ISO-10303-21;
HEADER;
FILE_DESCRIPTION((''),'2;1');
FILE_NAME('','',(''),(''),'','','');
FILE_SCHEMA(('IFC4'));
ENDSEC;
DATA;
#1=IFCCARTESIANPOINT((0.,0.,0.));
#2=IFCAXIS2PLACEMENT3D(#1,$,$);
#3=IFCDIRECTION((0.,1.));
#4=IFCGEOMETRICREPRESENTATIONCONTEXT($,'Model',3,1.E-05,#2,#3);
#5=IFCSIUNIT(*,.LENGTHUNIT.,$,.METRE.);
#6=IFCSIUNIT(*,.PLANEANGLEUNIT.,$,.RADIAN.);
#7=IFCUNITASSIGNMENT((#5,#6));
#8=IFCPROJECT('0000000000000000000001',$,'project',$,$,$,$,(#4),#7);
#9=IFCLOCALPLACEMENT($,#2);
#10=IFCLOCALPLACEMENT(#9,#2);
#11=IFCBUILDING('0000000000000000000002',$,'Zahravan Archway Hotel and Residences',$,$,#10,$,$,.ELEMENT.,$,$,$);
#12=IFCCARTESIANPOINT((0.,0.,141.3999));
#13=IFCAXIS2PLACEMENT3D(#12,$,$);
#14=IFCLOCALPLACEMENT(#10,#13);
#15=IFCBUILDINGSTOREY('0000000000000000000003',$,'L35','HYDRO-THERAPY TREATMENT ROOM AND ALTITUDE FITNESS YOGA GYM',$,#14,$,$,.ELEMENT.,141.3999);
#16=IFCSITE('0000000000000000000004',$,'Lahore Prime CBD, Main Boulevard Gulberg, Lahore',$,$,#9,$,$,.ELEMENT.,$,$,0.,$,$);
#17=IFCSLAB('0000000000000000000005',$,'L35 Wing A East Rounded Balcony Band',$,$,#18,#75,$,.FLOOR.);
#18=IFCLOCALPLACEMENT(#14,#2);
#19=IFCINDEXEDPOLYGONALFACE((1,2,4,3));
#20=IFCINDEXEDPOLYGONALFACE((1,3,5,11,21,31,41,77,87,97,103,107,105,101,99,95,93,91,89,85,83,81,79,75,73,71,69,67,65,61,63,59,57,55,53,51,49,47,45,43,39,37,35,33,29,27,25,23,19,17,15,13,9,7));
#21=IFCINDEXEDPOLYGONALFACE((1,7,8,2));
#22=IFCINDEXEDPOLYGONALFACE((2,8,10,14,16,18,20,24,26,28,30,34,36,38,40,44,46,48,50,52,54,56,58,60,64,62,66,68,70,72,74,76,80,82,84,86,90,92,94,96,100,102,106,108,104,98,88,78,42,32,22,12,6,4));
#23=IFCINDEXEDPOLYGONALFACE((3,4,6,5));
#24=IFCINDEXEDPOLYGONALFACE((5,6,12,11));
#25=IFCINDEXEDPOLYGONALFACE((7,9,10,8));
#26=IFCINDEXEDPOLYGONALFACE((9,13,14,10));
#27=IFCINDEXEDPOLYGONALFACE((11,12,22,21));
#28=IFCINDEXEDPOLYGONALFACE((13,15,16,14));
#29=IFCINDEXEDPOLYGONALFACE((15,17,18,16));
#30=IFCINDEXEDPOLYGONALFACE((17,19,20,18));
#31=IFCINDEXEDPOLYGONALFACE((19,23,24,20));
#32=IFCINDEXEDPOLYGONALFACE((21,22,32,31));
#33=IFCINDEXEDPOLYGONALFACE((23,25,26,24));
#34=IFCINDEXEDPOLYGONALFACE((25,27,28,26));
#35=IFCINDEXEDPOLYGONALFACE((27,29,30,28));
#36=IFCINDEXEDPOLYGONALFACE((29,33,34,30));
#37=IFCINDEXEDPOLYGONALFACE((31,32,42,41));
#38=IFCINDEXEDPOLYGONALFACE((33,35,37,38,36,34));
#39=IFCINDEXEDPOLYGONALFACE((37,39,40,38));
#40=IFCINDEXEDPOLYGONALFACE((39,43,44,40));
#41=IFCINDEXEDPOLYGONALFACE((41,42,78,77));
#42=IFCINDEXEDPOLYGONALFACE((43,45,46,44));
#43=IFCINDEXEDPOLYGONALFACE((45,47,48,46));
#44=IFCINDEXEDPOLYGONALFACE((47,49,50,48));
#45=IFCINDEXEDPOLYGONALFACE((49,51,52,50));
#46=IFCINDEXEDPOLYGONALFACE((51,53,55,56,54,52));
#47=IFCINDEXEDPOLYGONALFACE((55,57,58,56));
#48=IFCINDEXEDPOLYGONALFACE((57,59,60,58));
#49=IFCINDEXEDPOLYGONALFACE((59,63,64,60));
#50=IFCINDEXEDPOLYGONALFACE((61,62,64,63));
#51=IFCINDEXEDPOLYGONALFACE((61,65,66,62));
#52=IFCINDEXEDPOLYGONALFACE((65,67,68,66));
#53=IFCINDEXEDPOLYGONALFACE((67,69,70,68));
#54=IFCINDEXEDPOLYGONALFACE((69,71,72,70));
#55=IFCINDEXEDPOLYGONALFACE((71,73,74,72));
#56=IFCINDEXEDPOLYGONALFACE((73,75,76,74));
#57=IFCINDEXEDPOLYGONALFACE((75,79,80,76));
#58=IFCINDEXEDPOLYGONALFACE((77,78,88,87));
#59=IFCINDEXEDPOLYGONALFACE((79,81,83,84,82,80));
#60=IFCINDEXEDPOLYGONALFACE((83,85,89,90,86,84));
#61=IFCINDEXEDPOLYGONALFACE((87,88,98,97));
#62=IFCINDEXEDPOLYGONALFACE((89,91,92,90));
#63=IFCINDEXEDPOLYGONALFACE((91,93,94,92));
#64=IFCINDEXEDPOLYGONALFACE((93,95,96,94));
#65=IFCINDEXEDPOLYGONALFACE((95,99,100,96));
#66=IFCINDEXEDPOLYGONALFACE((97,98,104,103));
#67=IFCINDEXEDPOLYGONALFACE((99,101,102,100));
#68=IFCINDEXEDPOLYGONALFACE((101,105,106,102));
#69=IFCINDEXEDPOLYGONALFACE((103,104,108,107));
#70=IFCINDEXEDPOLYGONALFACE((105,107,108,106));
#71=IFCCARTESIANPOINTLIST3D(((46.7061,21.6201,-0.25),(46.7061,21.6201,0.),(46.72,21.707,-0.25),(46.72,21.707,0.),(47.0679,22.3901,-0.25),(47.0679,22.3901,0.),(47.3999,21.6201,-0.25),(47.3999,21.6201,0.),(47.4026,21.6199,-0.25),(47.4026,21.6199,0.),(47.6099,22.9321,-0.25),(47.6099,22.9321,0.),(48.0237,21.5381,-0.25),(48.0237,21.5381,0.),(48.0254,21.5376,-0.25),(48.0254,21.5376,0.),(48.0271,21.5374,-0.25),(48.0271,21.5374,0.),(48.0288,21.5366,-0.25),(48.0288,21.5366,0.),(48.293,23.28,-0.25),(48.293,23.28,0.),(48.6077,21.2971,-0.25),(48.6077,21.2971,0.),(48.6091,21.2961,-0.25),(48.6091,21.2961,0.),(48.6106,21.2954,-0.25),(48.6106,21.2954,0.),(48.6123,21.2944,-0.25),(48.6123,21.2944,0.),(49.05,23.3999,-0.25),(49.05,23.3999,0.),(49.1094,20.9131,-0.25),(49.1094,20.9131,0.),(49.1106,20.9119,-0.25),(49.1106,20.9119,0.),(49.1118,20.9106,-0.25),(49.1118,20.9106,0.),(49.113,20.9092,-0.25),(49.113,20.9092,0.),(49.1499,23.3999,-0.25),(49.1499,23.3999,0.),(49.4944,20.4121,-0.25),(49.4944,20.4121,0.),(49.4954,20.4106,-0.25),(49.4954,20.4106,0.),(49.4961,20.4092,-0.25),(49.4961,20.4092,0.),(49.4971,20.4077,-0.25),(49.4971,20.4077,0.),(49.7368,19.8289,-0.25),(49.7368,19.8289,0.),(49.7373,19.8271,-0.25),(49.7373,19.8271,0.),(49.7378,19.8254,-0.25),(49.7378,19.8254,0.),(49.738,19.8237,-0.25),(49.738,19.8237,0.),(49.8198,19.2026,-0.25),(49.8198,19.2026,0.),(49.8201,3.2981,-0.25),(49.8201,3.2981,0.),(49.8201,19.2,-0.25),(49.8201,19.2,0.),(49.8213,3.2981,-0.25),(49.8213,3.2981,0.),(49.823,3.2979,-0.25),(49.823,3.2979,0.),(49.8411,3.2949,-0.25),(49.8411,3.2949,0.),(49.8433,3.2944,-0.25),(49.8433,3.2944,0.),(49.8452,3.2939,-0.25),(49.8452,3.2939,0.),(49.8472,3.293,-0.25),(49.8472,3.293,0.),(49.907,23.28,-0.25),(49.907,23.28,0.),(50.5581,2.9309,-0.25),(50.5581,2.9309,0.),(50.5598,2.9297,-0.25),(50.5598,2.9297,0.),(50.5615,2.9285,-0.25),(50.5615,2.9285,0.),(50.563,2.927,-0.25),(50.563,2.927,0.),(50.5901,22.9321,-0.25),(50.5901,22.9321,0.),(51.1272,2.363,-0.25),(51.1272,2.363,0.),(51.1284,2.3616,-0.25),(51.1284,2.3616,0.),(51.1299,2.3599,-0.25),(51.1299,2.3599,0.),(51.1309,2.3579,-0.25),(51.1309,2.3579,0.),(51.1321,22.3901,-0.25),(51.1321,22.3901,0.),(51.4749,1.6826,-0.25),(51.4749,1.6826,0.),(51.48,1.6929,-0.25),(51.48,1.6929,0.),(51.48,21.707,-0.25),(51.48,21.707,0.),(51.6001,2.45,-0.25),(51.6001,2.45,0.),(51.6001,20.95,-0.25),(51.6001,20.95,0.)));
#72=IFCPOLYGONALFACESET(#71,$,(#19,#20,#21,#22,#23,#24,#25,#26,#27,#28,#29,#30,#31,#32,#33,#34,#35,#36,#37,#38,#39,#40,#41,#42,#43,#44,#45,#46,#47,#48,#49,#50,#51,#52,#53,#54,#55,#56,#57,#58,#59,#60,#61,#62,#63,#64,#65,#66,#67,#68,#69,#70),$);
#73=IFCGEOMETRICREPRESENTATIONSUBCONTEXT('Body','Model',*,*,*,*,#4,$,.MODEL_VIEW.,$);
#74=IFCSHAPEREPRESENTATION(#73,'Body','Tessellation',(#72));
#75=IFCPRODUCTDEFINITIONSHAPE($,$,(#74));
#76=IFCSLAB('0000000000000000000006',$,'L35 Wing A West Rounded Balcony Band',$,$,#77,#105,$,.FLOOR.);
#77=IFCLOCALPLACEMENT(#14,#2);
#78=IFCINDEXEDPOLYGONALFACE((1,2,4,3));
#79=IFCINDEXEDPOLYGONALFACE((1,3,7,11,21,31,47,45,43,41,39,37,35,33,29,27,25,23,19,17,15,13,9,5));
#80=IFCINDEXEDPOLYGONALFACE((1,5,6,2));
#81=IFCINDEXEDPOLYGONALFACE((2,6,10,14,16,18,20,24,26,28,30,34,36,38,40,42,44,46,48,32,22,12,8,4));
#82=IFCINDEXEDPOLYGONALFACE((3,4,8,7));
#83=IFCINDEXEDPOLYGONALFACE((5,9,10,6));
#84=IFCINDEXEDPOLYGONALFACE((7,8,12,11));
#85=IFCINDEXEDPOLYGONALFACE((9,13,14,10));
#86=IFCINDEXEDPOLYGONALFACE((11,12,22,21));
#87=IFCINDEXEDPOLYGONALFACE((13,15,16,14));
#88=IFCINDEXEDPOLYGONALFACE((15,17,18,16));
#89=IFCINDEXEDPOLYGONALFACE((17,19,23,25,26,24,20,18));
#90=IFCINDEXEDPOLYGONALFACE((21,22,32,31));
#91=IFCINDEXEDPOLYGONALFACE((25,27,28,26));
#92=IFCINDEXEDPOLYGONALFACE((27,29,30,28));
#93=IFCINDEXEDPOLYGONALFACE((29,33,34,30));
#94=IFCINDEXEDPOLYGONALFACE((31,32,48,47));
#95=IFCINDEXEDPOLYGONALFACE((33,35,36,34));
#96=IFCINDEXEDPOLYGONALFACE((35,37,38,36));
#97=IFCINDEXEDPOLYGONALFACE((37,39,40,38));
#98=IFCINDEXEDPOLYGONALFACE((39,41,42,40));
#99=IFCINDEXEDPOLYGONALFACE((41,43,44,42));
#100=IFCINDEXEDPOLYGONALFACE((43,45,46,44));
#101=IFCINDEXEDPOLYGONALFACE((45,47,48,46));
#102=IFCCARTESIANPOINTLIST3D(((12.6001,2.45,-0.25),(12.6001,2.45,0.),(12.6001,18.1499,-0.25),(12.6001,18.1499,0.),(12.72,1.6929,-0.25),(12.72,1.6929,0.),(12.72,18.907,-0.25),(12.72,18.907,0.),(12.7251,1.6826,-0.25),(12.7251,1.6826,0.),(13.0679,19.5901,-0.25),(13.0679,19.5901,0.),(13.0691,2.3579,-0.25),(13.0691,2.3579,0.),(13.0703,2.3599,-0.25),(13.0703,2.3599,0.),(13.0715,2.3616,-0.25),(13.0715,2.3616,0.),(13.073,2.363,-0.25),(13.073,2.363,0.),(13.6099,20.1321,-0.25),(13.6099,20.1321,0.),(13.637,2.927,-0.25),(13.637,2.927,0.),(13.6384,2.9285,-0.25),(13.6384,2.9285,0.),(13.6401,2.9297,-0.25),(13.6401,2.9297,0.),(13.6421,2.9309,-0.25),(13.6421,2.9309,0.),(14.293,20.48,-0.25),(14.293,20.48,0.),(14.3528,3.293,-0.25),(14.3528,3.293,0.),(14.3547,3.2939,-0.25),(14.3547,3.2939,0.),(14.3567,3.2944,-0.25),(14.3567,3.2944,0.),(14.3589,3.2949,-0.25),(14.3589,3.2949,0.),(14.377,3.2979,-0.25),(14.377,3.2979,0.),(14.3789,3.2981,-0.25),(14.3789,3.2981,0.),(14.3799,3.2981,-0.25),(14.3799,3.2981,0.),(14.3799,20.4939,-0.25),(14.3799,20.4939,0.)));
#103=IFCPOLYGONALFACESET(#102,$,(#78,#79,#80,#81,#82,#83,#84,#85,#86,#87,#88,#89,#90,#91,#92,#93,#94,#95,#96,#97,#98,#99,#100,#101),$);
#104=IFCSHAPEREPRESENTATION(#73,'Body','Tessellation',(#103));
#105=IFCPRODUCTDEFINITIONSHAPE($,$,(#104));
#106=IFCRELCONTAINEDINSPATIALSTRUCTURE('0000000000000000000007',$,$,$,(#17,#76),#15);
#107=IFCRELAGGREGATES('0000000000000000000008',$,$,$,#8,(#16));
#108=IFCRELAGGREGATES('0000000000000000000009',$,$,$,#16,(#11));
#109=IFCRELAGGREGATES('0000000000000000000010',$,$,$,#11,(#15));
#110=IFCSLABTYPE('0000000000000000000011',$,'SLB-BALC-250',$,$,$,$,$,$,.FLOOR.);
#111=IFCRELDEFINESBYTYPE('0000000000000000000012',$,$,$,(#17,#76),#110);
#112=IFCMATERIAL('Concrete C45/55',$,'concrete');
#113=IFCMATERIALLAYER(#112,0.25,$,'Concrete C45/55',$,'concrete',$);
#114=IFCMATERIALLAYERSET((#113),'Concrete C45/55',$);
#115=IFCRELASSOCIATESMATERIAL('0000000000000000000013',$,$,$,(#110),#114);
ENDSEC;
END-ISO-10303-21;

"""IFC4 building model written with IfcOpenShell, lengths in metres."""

from ifc_helpers import new_model, si_unit, direction, frame, origin, place, context, subcontext, project, spatial, polyline, outline, extrude, material, layer, layer_set, type_object, element, save


model = new_model("IFC4")

# Units and contexts
model_context = context("Model", 3, precision=1e-05, world=origin(), true_north=direction((0.0, 1.0)))
body_context = subcontext(model_context, "Body", "Model", "MODEL_VIEW")
ifc_project = project(units=[si_unit("LENGTHUNIT", "METRE"), si_unit("PLANEANGLEUNIT", "RADIAN")], contexts=[model_context])

# Site, building, storey
site_placement = place(None, origin())
site = spatial("IfcSite", under=ifc_project, at=site_placement, Name="Lahore Prime CBD, Main Boulevard Gulberg, Lahore", CompositionType="ELEMENT", RefElevation=0.0)
building_placement = place(site_placement, origin())
building = spatial("IfcBuilding", under=site, at=building_placement, Name="Zahravan Archway Hotel and Residences", CompositionType="ELEMENT")
storey_placement = place(building_placement, frame((0.0, 0.0, 141.3999)))
storey = spatial("IfcBuildingStorey", under=building, at=storey_placement, Name="L35", Description="HYDRO-THERAPY TREATMENT ROOM AND ALTITUDE FITNESS YOGA GYM", CompositionType="ELEMENT", Elevation=141.3999)

# Slabs
ifc_material_1 = material(Name="Concrete C45/55", Category="concrete")
ifc_layer_1 = layer(ifc_material_1, 0.25, Name="Concrete C45/55", Category="concrete")
ifc_layer_set_1 = layer_set([ifc_layer_1], Name="Concrete C45/55")
slab_type_1 = type_object("IfcSlabType", Name="SLB-BALC-250", PredefinedType="FLOOR", material=ifc_layer_set_1)
slab_1_placement = place(storey_placement, frame((0.0, 0.0, -0.25)))
element("IfcSlab", 1, at=slab_1_placement, inside=storey, type_object=slab_type_1, Name="L35 Wing A East Rounded Balcony Band", PredefinedType="FLOOR", context=body_context, shape_type="SweptSolid", body=[
    extrude(outline(polyline([(46.72, 21.707), (47.0679, 22.3901), (47.6099, 22.9321), (48.293, 23.28), (49.05, 23.3999), (49.1499, 23.3999), (49.907, 23.28), (50.5901, 22.9321), (51.1321, 22.3901), (51.48, 21.707), (51.6001, 20.95), (51.6001, 2.45), (51.48, 1.6929), (51.4749, 1.6826), (51.1309, 2.3579), (51.1299, 2.3599), (51.1284, 2.3616), (51.1272, 2.363), (50.563, 2.927), (50.5615, 2.9285), (50.5598, 2.9297), (50.5581, 2.9309), (49.8472, 3.293), (49.8452, 3.2939), (49.8433, 3.2944), (49.8411, 3.2949), (49.823, 3.2979), (49.8213, 3.2981), (49.8201, 3.2981), (49.8201, 19.2), (49.8198, 19.2026), (49.738, 19.8237), (49.7378, 19.8254), (49.7373, 19.8271), (49.7368, 19.8289), (49.4971, 20.4077), (49.4961, 20.4092), (49.4954, 20.4106), (49.4944, 20.4121), (49.113, 20.9092), (49.1118, 20.9106), (49.1106, 20.9119), (49.1094, 20.9131), (48.6123, 21.2944), (48.6106, 21.2954), (48.6091, 21.2961), (48.6077, 21.2971), (48.0288, 21.5366), (48.0271, 21.5374), (48.0254, 21.5376), (48.0237, 21.5381), (47.4026, 21.6199), (47.3999, 21.6201), (46.7061, 21.6201), (46.72, 21.707)])), origin(), (0.0, 0.0, 1.0), 0.25),
])
slab_2_placement = place(storey_placement, frame((0.0, 0.0, -0.25)))
element("IfcSlab", 2, at=slab_2_placement, inside=storey, type_object=slab_type_1, Name="L35 Wing A West Rounded Balcony Band", PredefinedType="FLOOR", context=body_context, shape_type="SweptSolid", body=[
    extrude(outline(polyline([(12.72, 1.6929), (12.6001, 2.45), (12.6001, 18.1499), (12.72, 18.907), (13.0679, 19.5901), (13.6099, 20.1321), (14.293, 20.48), (14.3799, 20.4939), (14.3799, 3.2981), (14.3789, 3.2981), (14.377, 3.2979), (14.3589, 3.2949), (14.3567, 3.2944), (14.3547, 3.2939), (14.3528, 3.293), (13.6421, 2.9309), (13.6401, 2.9297), (13.6384, 2.9285), (13.637, 2.927), (13.073, 2.363), (13.0715, 2.3616), (13.0703, 2.3599), (13.0691, 2.3579), (12.7251, 1.6826), (12.72, 1.6929)])), origin(), (0.0, 0.0, 1.0), 0.25),
])

save(model, "model.ifc")
